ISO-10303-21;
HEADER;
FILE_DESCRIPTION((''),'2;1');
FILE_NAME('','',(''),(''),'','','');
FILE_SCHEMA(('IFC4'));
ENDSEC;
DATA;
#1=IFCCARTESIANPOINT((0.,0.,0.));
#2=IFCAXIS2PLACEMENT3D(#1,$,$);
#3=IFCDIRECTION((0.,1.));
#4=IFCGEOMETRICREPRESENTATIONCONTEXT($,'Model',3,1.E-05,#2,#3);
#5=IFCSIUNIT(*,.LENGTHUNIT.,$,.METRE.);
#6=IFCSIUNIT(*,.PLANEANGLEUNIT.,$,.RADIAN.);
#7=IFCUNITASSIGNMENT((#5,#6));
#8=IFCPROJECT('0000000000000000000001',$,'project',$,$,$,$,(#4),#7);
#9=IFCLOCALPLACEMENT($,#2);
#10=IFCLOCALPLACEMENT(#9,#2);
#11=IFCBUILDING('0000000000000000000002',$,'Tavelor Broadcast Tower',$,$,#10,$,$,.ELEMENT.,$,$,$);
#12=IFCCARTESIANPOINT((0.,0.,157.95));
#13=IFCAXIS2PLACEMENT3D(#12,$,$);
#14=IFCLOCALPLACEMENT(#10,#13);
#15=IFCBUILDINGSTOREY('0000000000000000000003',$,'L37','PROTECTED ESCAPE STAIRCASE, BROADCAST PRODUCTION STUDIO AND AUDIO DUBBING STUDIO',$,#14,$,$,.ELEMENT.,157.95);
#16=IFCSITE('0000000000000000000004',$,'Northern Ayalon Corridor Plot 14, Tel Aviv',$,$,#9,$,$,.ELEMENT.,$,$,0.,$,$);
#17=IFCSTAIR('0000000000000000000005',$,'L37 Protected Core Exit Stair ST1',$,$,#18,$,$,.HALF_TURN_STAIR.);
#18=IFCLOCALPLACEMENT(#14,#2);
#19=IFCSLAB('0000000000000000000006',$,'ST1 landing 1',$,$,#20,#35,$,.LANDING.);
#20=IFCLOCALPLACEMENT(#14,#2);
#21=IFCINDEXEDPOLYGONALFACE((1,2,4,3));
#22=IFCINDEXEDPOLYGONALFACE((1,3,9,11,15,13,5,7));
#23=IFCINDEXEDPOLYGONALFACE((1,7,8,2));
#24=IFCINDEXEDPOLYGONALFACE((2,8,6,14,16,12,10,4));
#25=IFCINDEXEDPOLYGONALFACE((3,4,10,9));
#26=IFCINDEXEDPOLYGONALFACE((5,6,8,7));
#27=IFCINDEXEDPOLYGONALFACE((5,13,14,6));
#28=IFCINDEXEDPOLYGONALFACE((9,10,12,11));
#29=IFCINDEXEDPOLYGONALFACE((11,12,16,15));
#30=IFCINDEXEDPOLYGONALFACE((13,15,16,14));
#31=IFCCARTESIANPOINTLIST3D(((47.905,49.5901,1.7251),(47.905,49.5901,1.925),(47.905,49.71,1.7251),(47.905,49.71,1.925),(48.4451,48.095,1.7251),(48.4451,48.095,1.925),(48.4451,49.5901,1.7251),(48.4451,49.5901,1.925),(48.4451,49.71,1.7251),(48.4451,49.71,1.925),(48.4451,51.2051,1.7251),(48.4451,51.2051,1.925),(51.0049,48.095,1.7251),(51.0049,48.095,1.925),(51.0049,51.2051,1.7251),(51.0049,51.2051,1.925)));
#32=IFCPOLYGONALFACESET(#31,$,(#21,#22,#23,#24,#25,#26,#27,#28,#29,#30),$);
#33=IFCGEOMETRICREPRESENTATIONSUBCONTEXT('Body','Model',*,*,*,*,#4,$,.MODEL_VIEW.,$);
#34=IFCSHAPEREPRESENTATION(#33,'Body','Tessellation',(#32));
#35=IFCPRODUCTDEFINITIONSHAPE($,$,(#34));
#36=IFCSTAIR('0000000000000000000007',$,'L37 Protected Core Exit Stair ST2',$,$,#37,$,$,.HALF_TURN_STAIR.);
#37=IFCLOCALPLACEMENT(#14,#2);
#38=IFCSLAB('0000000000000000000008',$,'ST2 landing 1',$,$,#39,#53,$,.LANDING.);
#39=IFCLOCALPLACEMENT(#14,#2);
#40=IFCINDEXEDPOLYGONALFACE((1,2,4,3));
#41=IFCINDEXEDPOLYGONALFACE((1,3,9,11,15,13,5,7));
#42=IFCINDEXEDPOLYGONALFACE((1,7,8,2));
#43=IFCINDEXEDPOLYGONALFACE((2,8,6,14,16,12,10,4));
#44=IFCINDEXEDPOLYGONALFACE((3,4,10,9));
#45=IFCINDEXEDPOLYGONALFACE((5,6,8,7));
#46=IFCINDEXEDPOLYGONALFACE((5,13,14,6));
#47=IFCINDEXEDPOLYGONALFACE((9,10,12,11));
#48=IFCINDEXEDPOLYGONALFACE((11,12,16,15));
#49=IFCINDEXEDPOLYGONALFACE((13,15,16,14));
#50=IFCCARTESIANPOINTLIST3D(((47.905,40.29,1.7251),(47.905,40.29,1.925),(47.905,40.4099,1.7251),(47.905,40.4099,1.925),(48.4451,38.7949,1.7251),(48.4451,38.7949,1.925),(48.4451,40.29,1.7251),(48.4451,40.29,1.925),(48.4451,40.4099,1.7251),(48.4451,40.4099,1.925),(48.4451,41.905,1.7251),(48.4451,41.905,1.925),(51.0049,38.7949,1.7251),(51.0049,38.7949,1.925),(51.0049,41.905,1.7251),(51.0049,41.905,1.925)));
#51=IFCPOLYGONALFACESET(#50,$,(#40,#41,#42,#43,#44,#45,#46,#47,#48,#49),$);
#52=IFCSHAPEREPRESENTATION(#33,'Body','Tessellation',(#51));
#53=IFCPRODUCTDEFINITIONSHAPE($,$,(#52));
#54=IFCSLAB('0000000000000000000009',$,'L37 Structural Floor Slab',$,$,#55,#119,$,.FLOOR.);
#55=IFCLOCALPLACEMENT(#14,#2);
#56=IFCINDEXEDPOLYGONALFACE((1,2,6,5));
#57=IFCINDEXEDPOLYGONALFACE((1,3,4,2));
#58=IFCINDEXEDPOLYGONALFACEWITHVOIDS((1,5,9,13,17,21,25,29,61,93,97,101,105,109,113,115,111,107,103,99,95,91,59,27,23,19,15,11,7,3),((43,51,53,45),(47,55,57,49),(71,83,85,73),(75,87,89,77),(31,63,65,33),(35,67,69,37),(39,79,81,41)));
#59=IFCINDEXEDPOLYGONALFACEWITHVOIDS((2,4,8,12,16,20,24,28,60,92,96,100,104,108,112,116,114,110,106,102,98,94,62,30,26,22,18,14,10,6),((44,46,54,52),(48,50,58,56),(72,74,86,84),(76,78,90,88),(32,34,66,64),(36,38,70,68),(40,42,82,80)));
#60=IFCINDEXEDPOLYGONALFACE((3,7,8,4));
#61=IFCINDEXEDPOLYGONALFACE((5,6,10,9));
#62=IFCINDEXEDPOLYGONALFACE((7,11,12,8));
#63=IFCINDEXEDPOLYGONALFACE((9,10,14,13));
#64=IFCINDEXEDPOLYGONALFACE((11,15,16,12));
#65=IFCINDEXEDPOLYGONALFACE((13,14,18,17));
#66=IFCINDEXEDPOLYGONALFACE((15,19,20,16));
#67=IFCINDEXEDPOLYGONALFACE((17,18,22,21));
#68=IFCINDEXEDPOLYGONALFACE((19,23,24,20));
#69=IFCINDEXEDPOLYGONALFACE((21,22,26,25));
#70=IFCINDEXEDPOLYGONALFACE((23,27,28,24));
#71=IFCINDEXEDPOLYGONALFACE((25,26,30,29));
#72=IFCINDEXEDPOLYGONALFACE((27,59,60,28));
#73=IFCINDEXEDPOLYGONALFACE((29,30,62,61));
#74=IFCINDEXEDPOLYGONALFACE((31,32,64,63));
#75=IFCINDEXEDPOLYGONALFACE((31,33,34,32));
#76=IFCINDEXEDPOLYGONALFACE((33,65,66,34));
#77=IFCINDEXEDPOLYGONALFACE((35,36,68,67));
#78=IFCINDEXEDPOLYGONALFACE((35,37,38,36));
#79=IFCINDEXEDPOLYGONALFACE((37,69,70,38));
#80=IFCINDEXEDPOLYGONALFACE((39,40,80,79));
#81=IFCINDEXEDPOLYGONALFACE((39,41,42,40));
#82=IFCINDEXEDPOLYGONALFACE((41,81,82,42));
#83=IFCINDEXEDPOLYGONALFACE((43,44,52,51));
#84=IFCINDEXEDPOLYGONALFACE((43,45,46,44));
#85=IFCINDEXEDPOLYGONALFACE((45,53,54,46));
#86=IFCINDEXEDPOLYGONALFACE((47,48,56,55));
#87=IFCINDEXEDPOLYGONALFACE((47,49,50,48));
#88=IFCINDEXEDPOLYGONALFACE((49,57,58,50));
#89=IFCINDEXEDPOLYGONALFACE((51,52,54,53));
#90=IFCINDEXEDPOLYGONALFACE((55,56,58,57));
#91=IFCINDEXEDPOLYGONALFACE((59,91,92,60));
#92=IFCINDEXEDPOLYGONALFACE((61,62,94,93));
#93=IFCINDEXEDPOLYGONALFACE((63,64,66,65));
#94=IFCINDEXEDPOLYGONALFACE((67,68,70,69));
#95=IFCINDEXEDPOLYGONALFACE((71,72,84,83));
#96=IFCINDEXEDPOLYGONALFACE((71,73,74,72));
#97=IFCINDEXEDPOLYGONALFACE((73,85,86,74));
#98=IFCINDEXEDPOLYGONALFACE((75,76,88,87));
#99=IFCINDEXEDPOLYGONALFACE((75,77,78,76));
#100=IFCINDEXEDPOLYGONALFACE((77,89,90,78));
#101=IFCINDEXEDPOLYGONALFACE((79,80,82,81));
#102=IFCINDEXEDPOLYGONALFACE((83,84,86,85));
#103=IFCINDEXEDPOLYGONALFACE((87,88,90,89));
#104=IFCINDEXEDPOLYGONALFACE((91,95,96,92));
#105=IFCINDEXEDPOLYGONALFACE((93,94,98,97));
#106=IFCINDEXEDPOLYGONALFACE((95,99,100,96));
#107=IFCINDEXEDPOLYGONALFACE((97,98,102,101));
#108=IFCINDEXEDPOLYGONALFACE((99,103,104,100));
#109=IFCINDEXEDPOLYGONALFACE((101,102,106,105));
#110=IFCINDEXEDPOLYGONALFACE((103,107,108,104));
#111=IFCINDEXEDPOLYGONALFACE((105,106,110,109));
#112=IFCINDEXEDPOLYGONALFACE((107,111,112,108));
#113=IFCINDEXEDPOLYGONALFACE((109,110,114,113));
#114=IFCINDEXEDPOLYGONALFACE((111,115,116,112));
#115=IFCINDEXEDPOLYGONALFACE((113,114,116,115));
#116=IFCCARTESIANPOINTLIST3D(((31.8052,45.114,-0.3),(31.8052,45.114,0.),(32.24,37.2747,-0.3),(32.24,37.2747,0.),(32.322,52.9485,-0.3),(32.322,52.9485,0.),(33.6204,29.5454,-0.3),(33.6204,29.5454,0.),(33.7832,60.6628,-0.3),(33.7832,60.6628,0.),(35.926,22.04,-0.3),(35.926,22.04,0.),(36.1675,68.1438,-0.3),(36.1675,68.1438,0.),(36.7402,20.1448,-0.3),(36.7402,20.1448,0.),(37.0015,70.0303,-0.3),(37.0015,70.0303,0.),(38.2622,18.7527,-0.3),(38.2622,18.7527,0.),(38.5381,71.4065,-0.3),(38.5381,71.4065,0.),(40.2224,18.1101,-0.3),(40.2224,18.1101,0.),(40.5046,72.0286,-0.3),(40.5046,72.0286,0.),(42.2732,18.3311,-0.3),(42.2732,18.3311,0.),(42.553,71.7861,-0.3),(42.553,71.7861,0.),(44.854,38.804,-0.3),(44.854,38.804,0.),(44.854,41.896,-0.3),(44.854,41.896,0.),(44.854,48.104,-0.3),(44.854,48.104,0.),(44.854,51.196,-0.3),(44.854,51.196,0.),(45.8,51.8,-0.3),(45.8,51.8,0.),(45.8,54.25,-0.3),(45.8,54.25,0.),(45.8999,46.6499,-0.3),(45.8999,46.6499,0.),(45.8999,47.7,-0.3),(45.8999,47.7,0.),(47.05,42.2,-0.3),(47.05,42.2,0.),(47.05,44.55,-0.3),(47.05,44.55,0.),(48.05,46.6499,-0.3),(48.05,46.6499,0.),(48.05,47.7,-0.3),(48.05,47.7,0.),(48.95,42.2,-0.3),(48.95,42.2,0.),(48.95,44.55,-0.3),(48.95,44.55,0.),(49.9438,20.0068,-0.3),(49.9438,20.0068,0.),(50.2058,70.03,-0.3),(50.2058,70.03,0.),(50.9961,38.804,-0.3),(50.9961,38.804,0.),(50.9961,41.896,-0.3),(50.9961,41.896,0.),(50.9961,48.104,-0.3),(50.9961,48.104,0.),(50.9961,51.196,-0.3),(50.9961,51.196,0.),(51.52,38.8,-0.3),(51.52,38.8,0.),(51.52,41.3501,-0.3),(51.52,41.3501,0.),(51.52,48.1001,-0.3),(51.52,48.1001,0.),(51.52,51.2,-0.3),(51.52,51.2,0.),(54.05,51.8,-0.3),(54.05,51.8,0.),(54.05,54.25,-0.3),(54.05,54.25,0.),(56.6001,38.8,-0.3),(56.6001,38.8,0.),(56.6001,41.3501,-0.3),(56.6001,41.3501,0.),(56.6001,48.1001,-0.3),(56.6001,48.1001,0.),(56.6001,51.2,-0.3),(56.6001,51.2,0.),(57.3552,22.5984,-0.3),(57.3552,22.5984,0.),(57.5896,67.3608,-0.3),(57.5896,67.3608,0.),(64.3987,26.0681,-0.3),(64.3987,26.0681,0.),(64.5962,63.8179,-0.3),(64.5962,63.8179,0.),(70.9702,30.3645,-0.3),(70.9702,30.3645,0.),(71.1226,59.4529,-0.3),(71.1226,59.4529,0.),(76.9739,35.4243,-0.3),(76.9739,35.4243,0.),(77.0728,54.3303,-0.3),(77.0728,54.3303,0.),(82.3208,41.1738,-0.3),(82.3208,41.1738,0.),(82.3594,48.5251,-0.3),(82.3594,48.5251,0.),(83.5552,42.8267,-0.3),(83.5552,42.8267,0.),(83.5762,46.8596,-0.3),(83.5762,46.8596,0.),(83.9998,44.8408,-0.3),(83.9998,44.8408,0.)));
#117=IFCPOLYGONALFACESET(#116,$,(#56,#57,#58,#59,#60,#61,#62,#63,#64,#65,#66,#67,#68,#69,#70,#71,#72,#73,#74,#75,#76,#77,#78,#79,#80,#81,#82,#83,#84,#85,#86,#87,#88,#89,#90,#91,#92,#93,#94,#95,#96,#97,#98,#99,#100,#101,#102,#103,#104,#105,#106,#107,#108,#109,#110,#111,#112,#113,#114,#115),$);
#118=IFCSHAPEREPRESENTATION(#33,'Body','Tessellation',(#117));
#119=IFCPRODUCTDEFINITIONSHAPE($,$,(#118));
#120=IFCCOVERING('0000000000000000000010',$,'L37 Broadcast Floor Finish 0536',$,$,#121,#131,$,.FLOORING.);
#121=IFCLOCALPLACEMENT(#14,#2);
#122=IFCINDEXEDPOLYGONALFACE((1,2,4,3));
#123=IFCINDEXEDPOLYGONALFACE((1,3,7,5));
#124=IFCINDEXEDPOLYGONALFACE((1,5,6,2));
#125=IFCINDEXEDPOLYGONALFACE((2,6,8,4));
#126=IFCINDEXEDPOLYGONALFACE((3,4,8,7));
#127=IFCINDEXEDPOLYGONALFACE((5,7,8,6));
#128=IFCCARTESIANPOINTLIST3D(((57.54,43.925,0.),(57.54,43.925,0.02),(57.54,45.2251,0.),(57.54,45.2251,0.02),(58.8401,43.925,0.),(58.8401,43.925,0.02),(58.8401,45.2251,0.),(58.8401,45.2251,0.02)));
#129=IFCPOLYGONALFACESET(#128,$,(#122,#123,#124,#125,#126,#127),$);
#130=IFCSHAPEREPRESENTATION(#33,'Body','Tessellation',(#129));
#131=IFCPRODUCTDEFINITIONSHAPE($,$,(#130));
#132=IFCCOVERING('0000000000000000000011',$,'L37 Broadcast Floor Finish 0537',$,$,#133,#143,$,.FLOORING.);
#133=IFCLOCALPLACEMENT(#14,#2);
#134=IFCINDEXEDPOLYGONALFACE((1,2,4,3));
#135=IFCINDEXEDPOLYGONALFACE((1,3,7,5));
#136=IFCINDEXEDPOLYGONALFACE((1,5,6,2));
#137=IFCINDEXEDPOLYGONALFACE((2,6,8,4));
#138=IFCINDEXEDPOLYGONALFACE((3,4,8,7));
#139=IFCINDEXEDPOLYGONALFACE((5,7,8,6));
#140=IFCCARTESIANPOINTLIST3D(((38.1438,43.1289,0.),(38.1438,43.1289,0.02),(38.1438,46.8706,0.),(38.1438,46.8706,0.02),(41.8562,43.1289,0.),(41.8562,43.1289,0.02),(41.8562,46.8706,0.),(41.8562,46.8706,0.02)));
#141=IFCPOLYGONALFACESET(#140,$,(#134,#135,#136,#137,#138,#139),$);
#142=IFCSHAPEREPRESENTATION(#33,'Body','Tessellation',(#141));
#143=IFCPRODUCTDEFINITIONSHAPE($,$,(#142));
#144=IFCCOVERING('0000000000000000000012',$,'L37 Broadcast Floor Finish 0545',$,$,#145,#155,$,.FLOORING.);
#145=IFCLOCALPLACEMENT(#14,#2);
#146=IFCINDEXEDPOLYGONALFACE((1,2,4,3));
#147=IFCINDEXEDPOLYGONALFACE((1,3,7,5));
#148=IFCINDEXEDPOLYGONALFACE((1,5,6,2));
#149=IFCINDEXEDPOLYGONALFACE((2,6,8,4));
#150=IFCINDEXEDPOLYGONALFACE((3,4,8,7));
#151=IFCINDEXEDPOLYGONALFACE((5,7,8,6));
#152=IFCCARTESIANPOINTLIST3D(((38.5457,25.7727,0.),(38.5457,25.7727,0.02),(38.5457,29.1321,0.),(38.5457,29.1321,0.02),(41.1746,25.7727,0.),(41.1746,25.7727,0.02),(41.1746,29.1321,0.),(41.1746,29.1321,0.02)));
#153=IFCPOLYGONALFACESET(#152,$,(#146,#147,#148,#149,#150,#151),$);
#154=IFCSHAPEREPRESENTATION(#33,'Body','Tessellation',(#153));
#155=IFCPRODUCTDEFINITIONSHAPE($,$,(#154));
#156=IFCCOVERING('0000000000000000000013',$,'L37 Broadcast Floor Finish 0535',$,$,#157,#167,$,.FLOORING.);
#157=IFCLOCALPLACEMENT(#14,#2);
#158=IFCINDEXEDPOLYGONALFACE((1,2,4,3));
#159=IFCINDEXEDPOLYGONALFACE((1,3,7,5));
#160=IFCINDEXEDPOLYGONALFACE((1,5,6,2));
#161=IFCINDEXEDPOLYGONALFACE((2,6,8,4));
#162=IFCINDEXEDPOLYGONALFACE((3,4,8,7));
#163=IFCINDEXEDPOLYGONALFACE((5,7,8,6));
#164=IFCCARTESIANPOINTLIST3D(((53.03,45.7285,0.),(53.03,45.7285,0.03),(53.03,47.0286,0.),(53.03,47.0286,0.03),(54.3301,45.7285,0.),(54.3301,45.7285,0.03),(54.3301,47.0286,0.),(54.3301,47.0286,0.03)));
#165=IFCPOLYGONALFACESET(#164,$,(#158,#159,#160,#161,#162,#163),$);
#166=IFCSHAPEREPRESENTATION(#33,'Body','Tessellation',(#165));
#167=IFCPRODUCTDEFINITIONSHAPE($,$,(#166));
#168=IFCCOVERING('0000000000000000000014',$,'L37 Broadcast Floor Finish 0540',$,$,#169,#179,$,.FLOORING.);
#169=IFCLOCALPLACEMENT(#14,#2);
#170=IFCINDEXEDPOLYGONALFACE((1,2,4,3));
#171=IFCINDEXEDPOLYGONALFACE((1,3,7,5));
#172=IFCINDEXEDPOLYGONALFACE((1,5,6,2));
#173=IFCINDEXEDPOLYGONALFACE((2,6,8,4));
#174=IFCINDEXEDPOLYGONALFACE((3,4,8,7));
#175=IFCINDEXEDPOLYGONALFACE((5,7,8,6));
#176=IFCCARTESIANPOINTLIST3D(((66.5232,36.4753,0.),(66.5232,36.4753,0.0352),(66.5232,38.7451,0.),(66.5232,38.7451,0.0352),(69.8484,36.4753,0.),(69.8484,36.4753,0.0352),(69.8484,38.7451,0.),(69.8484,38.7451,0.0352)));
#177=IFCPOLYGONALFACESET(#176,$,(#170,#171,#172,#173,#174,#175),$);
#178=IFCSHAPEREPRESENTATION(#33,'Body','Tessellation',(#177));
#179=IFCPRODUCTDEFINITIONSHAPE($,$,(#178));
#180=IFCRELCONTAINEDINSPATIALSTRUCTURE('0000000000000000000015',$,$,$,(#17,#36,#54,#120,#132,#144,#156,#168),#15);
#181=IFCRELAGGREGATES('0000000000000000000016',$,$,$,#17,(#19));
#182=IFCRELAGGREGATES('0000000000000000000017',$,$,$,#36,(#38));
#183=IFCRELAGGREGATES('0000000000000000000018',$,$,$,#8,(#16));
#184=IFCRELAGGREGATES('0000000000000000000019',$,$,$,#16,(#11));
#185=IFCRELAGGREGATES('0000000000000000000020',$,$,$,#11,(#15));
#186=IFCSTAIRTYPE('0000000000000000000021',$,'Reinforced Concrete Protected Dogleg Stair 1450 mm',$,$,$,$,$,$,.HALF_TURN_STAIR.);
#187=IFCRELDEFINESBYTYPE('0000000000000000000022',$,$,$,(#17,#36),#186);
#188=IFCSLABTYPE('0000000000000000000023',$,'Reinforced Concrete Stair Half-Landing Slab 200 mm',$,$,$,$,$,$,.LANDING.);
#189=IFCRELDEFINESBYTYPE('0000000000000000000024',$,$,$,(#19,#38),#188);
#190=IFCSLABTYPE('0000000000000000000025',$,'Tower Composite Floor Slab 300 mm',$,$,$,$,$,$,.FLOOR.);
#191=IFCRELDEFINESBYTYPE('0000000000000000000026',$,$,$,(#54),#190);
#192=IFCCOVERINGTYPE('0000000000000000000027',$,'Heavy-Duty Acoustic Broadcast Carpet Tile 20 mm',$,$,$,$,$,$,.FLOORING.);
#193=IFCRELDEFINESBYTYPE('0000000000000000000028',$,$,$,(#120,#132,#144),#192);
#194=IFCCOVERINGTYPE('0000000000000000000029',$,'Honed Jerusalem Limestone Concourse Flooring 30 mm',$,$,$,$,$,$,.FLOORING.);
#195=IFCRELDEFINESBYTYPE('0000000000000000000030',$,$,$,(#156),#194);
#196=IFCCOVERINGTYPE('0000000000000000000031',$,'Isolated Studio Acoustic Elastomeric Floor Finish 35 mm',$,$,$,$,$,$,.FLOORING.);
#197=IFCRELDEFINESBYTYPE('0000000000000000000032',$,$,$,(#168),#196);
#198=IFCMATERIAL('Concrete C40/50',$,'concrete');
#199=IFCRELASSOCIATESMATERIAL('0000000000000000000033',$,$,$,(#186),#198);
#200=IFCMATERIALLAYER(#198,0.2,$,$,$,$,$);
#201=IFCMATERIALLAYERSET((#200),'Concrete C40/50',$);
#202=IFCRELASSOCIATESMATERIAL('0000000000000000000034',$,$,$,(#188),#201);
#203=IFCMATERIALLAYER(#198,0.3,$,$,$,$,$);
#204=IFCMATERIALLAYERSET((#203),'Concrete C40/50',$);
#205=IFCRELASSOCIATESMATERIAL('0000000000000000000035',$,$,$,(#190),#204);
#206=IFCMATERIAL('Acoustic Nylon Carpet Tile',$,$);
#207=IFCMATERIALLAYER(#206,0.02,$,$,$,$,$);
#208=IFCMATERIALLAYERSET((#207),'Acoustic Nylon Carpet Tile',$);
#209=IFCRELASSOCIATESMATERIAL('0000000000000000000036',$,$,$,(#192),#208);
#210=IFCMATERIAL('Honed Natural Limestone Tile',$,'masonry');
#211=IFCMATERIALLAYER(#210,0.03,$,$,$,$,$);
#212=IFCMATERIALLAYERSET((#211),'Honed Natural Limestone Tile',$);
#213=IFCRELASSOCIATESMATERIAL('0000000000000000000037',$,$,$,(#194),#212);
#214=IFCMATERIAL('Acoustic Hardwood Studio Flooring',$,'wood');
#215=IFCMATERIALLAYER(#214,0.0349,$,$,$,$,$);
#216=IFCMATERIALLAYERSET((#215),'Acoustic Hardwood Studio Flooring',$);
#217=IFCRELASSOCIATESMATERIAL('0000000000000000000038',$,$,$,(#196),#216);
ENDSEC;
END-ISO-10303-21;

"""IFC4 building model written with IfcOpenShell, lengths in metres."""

from ifc_helpers import new_model, si_unit, direction, frame, origin, place, context, subcontext, project, spatial, polyline, outline, extrude, material, layer, layer_set, type_object, element, aggregate, save


model = new_model("IFC4")

# Units and contexts
model_context = context("Model", 3, precision=1e-05, world=origin(), true_north=direction((0.0, 1.0)))
body_context = subcontext(model_context, "Body", "Model", "MODEL_VIEW")
ifc_project = project(units=[si_unit("LENGTHUNIT", "METRE"), si_unit("PLANEANGLEUNIT", "RADIAN")], contexts=[model_context])

# Site, building, storey
site_placement = place(None, origin())
site = spatial("IfcSite", under=ifc_project, at=site_placement, Name="Northern Ayalon Corridor Plot 14, Tel Aviv", CompositionType="ELEMENT", RefElevation=0.0)
building_placement = place(site_placement, origin())
building = spatial("IfcBuilding", under=site, at=building_placement, Name="Tavelor Broadcast Tower", CompositionType="ELEMENT")
storey_placement = place(building_placement, frame((0.0, 0.0, 157.95)))
storey = spatial("IfcBuildingStorey", under=building, at=storey_placement, Name="L37", Description="PROTECTED ESCAPE STAIRCASE, BROADCAST PRODUCTION STUDIO AND AUDIO DUBBING STUDIO", CompositionType="ELEMENT", Elevation=157.95)

# Stairs, slabs
ifc_material_1 = material(Name="Concrete C40/50", Category="concrete")
stair_type = type_object("IfcStairType", Name="Reinforced Concrete Protected Dogleg Stair 1450 mm", PredefinedType="HALF_TURN_STAIR", material=ifc_material_1)
stair_1_placement = place(storey_placement, origin())
stair_1 = element("IfcStair", 1, at=stair_1_placement, inside=storey, type_object=stair_type, Name="L37 Protected Core Exit Stair ST1", PredefinedType="HALF_TURN_STAIR")
ifc_layer_1 = layer(ifc_material_1, 0.2)
ifc_layer_set_1 = layer_set([ifc_layer_1], Name="Concrete C40/50")
slab_type_1 = type_object("IfcSlabType", Name="Reinforced Concrete Stair Half-Landing Slab 200 mm", PredefinedType="LANDING", material=ifc_layer_set_1)
slab_1_placement = place(storey_placement, frame((0.0, 0.0, 1.7251)))
slab_1 = element("IfcSlab", 2, at=slab_1_placement, type_object=slab_type_1, Name="ST1 landing 1", PredefinedType="LANDING", context=body_context, shape_type="SweptSolid", body=[
    extrude(outline(polyline([(48.4451, 49.5901), (48.4451, 48.095), (51.0049, 48.095), (51.0049, 51.2051), (48.4451, 51.2051), (48.4451, 49.71), (47.905, 49.71), (47.905, 49.5901), (48.4451, 49.5901)])), origin(), (0.0, 0.0, 1.0), 0.2),
])
aggregate(stair_1, [slab_1])
stair_2_placement = place(storey_placement, origin())
stair_2 = element("IfcStair", 3, at=stair_2_placement, inside=storey, type_object=stair_type, Name="L37 Protected Core Exit Stair ST2", PredefinedType="HALF_TURN_STAIR")
slab_2_placement = place(storey_placement, frame((0.0, 0.0, 1.7251)))
slab_2 = element("IfcSlab", 4, at=slab_2_placement, type_object=slab_type_1, Name="ST2 landing 1", PredefinedType="LANDING", context=body_context, shape_type="SweptSolid", body=[
    extrude(outline(polyline([(48.4451, 40.29), (48.4451, 38.7949), (51.0049, 38.7949), (51.0049, 41.905), (48.4451, 41.905), (48.4451, 40.4099), (47.905, 40.4099), (47.905, 40.29), (48.4451, 40.29)])), origin(), (0.0, 0.0, 1.0), 0.2),
])
aggregate(stair_2, [slab_2])

# Slab
ifc_layer_2 = layer(ifc_material_1, 0.3)
ifc_layer_set_2 = layer_set([ifc_layer_2], Name="Concrete C40/50")
slab_type_2 = type_object("IfcSlabType", Name="Tower Composite Floor Slab 300 mm", PredefinedType="FLOOR", material=ifc_layer_set_2)
slab_3_placement = place(storey_placement, frame((0.0, 0.0, -0.3)))
element("IfcSlab", 5, at=slab_3_placement, inside=storey, type_object=slab_type_2, Name="L37 Structural Floor Slab", PredefinedType="FLOOR", context=body_context, shape_type="SweptSolid", body=[
    extrude(outline(polyline([(42.553, 71.7861), (40.5046, 72.0286), (38.5381, 71.4065), (37.0015, 70.0303), (36.1675, 68.1438), (33.7832, 60.6628), (32.322, 52.9485), (31.8052, 45.114), (32.24, 37.2747), (33.6204, 29.5454), (35.926, 22.04), (36.7402, 20.1448), (38.2622, 18.7527), (40.2224, 18.1101), (42.2732, 18.3311), (49.9438, 20.0068), (57.3552, 22.5984), (64.3987, 26.0681), (70.9702, 30.3645), (76.9739, 35.4243), (82.3208, 41.1738), (83.5552, 42.8267), (83.9998, 44.8408), (83.5762, 46.8596), (82.3594, 48.5251), (77.0728, 54.3303), (71.1226, 59.4529), (64.5962, 63.8179), (57.5896, 67.3608), (50.2058, 70.03), (42.553, 71.7861)]), holes=[polyline([(56.6001, 41.3501), (56.6001, 38.8), (51.52, 38.8), (51.52, 41.3501), (56.6001, 41.3501)]), polyline([(50.9961, 38.804), (44.854, 38.804), (44.854, 41.896), (50.9961, 41.896), (50.9961, 38.804)]), polyline([(47.05, 42.2), (47.05, 44.55), (48.95, 44.55), (48.95, 42.2), (47.05, 42.2)]), polyline([(48.05, 46.6499), (45.8999, 46.6499), (45.8999, 47.7), (48.05, 47.7), (48.05, 46.6499)]), polyline([(50.9961, 48.104), (44.854, 48.104), (44.854, 51.196), (50.9961, 51.196), (50.9961, 48.104)]), polyline([(56.6001, 48.1001), (51.52, 48.1001), (51.52, 51.2), (56.6001, 51.2), (56.6001, 48.1001)]), polyline([(54.05, 51.8), (45.8, 51.8), (45.8, 54.25), (54.05, 54.25), (54.05, 51.8)])]), origin(), (0.0, 0.0, 1.0), 0.3),
])

# Coverings
ifc_material_2 = material(Name="Acoustic Nylon Carpet Tile")
ifc_layer_3 = layer(ifc_material_2, 0.02)
ifc_layer_set_3 = layer_set([ifc_layer_3], Name="Acoustic Nylon Carpet Tile")
covering_type_1 = type_object("IfcCoveringType", Name="Heavy-Duty Acoustic Broadcast Carpet Tile 20 mm", PredefinedType="FLOORING", material=ifc_layer_set_3)
covering_1_placement = place(storey_placement, origin())
element("IfcCovering", 6, at=covering_1_placement, inside=storey, type_object=covering_type_1, Name="L37 Broadcast Floor Finish 0536", PredefinedType="FLOORING", context=body_context, shape_type="SweptSolid", body=[
    extrude(outline(polyline([(57.54, 43.925), (58.8401, 43.925), (58.8401, 45.2251), (57.54, 45.2251), (57.54, 43.925)])), origin(), (0.0, 0.0, 1.0), 0.02),
])
covering_2_placement = place(storey_placement, origin())
element("IfcCovering", 7, at=covering_2_placement, inside=storey, type_object=covering_type_1, Name="L37 Broadcast Floor Finish 0537", PredefinedType="FLOORING", context=body_context, shape_type="SweptSolid", body=[
    extrude(outline(polyline([(38.1438, 43.1289), (41.8562, 43.1289), (41.8562, 46.8706), (38.1438, 46.8706), (38.1438, 43.1289)])), origin(), (0.0, 0.0, 1.0), 0.02),
])
covering_3_placement = place(storey_placement, origin())
element("IfcCovering", 8, at=covering_3_placement, inside=storey, type_object=covering_type_1, Name="L37 Broadcast Floor Finish 0545", PredefinedType="FLOORING", context=body_context, shape_type="SweptSolid", body=[
    extrude(outline(polyline([(38.5457, 25.7727), (41.1746, 25.7727), (41.1746, 29.1321), (38.5457, 29.1321), (38.5457, 25.7727)])), origin(), (0.0, 0.0, 1.0), 0.02),
])
ifc_material_3 = material(Name="Honed Natural Limestone Tile", Category="masonry")
ifc_layer_4 = layer(ifc_material_3, 0.03)
ifc_layer_set_4 = layer_set([ifc_layer_4], Name="Honed Natural Limestone Tile")
covering_type_2 = type_object("IfcCoveringType", Name="Honed Jerusalem Limestone Concourse Flooring 30 mm", PredefinedType="FLOORING", material=ifc_layer_set_4)
covering_4_placement = place(storey_placement, origin())
element("IfcCovering", 9, at=covering_4_placement, inside=storey, type_object=covering_type_2, Name="L37 Broadcast Floor Finish 0535", PredefinedType="FLOORING", context=body_context, shape_type="SweptSolid", body=[
    extrude(outline(polyline([(53.03, 45.7285), (54.3301, 45.7285), (54.3301, 47.0286), (53.03, 47.0286), (53.03, 45.7285)])), origin(), (0.0, 0.0, 1.0), 0.03),
])
ifc_material_4 = material(Name="Acoustic Hardwood Studio Flooring", Category="wood")
ifc_layer_5 = layer(ifc_material_4, 0.0349)
ifc_layer_set_5 = layer_set([ifc_layer_5], Name="Acoustic Hardwood Studio Flooring")
covering_type_3 = type_object("IfcCoveringType", Name="Isolated Studio Acoustic Elastomeric Floor Finish 35 mm", PredefinedType="FLOORING", material=ifc_layer_set_5)
covering_5_placement = place(storey_placement, origin())
element("IfcCovering", 10, at=covering_5_placement, inside=storey, type_object=covering_type_3, Name="L37 Broadcast Floor Finish 0540", PredefinedType="FLOORING", context=body_context, shape_type="SweptSolid", body=[
    extrude(outline(polyline([(66.5232, 36.4753), (69.8484, 36.4753), (69.8484, 38.7451), (66.5232, 38.7451), (66.5232, 36.4753)])), origin(), (0.0, 0.0, 1.0), 0.0352),
])

save(model, "model.ifc")
